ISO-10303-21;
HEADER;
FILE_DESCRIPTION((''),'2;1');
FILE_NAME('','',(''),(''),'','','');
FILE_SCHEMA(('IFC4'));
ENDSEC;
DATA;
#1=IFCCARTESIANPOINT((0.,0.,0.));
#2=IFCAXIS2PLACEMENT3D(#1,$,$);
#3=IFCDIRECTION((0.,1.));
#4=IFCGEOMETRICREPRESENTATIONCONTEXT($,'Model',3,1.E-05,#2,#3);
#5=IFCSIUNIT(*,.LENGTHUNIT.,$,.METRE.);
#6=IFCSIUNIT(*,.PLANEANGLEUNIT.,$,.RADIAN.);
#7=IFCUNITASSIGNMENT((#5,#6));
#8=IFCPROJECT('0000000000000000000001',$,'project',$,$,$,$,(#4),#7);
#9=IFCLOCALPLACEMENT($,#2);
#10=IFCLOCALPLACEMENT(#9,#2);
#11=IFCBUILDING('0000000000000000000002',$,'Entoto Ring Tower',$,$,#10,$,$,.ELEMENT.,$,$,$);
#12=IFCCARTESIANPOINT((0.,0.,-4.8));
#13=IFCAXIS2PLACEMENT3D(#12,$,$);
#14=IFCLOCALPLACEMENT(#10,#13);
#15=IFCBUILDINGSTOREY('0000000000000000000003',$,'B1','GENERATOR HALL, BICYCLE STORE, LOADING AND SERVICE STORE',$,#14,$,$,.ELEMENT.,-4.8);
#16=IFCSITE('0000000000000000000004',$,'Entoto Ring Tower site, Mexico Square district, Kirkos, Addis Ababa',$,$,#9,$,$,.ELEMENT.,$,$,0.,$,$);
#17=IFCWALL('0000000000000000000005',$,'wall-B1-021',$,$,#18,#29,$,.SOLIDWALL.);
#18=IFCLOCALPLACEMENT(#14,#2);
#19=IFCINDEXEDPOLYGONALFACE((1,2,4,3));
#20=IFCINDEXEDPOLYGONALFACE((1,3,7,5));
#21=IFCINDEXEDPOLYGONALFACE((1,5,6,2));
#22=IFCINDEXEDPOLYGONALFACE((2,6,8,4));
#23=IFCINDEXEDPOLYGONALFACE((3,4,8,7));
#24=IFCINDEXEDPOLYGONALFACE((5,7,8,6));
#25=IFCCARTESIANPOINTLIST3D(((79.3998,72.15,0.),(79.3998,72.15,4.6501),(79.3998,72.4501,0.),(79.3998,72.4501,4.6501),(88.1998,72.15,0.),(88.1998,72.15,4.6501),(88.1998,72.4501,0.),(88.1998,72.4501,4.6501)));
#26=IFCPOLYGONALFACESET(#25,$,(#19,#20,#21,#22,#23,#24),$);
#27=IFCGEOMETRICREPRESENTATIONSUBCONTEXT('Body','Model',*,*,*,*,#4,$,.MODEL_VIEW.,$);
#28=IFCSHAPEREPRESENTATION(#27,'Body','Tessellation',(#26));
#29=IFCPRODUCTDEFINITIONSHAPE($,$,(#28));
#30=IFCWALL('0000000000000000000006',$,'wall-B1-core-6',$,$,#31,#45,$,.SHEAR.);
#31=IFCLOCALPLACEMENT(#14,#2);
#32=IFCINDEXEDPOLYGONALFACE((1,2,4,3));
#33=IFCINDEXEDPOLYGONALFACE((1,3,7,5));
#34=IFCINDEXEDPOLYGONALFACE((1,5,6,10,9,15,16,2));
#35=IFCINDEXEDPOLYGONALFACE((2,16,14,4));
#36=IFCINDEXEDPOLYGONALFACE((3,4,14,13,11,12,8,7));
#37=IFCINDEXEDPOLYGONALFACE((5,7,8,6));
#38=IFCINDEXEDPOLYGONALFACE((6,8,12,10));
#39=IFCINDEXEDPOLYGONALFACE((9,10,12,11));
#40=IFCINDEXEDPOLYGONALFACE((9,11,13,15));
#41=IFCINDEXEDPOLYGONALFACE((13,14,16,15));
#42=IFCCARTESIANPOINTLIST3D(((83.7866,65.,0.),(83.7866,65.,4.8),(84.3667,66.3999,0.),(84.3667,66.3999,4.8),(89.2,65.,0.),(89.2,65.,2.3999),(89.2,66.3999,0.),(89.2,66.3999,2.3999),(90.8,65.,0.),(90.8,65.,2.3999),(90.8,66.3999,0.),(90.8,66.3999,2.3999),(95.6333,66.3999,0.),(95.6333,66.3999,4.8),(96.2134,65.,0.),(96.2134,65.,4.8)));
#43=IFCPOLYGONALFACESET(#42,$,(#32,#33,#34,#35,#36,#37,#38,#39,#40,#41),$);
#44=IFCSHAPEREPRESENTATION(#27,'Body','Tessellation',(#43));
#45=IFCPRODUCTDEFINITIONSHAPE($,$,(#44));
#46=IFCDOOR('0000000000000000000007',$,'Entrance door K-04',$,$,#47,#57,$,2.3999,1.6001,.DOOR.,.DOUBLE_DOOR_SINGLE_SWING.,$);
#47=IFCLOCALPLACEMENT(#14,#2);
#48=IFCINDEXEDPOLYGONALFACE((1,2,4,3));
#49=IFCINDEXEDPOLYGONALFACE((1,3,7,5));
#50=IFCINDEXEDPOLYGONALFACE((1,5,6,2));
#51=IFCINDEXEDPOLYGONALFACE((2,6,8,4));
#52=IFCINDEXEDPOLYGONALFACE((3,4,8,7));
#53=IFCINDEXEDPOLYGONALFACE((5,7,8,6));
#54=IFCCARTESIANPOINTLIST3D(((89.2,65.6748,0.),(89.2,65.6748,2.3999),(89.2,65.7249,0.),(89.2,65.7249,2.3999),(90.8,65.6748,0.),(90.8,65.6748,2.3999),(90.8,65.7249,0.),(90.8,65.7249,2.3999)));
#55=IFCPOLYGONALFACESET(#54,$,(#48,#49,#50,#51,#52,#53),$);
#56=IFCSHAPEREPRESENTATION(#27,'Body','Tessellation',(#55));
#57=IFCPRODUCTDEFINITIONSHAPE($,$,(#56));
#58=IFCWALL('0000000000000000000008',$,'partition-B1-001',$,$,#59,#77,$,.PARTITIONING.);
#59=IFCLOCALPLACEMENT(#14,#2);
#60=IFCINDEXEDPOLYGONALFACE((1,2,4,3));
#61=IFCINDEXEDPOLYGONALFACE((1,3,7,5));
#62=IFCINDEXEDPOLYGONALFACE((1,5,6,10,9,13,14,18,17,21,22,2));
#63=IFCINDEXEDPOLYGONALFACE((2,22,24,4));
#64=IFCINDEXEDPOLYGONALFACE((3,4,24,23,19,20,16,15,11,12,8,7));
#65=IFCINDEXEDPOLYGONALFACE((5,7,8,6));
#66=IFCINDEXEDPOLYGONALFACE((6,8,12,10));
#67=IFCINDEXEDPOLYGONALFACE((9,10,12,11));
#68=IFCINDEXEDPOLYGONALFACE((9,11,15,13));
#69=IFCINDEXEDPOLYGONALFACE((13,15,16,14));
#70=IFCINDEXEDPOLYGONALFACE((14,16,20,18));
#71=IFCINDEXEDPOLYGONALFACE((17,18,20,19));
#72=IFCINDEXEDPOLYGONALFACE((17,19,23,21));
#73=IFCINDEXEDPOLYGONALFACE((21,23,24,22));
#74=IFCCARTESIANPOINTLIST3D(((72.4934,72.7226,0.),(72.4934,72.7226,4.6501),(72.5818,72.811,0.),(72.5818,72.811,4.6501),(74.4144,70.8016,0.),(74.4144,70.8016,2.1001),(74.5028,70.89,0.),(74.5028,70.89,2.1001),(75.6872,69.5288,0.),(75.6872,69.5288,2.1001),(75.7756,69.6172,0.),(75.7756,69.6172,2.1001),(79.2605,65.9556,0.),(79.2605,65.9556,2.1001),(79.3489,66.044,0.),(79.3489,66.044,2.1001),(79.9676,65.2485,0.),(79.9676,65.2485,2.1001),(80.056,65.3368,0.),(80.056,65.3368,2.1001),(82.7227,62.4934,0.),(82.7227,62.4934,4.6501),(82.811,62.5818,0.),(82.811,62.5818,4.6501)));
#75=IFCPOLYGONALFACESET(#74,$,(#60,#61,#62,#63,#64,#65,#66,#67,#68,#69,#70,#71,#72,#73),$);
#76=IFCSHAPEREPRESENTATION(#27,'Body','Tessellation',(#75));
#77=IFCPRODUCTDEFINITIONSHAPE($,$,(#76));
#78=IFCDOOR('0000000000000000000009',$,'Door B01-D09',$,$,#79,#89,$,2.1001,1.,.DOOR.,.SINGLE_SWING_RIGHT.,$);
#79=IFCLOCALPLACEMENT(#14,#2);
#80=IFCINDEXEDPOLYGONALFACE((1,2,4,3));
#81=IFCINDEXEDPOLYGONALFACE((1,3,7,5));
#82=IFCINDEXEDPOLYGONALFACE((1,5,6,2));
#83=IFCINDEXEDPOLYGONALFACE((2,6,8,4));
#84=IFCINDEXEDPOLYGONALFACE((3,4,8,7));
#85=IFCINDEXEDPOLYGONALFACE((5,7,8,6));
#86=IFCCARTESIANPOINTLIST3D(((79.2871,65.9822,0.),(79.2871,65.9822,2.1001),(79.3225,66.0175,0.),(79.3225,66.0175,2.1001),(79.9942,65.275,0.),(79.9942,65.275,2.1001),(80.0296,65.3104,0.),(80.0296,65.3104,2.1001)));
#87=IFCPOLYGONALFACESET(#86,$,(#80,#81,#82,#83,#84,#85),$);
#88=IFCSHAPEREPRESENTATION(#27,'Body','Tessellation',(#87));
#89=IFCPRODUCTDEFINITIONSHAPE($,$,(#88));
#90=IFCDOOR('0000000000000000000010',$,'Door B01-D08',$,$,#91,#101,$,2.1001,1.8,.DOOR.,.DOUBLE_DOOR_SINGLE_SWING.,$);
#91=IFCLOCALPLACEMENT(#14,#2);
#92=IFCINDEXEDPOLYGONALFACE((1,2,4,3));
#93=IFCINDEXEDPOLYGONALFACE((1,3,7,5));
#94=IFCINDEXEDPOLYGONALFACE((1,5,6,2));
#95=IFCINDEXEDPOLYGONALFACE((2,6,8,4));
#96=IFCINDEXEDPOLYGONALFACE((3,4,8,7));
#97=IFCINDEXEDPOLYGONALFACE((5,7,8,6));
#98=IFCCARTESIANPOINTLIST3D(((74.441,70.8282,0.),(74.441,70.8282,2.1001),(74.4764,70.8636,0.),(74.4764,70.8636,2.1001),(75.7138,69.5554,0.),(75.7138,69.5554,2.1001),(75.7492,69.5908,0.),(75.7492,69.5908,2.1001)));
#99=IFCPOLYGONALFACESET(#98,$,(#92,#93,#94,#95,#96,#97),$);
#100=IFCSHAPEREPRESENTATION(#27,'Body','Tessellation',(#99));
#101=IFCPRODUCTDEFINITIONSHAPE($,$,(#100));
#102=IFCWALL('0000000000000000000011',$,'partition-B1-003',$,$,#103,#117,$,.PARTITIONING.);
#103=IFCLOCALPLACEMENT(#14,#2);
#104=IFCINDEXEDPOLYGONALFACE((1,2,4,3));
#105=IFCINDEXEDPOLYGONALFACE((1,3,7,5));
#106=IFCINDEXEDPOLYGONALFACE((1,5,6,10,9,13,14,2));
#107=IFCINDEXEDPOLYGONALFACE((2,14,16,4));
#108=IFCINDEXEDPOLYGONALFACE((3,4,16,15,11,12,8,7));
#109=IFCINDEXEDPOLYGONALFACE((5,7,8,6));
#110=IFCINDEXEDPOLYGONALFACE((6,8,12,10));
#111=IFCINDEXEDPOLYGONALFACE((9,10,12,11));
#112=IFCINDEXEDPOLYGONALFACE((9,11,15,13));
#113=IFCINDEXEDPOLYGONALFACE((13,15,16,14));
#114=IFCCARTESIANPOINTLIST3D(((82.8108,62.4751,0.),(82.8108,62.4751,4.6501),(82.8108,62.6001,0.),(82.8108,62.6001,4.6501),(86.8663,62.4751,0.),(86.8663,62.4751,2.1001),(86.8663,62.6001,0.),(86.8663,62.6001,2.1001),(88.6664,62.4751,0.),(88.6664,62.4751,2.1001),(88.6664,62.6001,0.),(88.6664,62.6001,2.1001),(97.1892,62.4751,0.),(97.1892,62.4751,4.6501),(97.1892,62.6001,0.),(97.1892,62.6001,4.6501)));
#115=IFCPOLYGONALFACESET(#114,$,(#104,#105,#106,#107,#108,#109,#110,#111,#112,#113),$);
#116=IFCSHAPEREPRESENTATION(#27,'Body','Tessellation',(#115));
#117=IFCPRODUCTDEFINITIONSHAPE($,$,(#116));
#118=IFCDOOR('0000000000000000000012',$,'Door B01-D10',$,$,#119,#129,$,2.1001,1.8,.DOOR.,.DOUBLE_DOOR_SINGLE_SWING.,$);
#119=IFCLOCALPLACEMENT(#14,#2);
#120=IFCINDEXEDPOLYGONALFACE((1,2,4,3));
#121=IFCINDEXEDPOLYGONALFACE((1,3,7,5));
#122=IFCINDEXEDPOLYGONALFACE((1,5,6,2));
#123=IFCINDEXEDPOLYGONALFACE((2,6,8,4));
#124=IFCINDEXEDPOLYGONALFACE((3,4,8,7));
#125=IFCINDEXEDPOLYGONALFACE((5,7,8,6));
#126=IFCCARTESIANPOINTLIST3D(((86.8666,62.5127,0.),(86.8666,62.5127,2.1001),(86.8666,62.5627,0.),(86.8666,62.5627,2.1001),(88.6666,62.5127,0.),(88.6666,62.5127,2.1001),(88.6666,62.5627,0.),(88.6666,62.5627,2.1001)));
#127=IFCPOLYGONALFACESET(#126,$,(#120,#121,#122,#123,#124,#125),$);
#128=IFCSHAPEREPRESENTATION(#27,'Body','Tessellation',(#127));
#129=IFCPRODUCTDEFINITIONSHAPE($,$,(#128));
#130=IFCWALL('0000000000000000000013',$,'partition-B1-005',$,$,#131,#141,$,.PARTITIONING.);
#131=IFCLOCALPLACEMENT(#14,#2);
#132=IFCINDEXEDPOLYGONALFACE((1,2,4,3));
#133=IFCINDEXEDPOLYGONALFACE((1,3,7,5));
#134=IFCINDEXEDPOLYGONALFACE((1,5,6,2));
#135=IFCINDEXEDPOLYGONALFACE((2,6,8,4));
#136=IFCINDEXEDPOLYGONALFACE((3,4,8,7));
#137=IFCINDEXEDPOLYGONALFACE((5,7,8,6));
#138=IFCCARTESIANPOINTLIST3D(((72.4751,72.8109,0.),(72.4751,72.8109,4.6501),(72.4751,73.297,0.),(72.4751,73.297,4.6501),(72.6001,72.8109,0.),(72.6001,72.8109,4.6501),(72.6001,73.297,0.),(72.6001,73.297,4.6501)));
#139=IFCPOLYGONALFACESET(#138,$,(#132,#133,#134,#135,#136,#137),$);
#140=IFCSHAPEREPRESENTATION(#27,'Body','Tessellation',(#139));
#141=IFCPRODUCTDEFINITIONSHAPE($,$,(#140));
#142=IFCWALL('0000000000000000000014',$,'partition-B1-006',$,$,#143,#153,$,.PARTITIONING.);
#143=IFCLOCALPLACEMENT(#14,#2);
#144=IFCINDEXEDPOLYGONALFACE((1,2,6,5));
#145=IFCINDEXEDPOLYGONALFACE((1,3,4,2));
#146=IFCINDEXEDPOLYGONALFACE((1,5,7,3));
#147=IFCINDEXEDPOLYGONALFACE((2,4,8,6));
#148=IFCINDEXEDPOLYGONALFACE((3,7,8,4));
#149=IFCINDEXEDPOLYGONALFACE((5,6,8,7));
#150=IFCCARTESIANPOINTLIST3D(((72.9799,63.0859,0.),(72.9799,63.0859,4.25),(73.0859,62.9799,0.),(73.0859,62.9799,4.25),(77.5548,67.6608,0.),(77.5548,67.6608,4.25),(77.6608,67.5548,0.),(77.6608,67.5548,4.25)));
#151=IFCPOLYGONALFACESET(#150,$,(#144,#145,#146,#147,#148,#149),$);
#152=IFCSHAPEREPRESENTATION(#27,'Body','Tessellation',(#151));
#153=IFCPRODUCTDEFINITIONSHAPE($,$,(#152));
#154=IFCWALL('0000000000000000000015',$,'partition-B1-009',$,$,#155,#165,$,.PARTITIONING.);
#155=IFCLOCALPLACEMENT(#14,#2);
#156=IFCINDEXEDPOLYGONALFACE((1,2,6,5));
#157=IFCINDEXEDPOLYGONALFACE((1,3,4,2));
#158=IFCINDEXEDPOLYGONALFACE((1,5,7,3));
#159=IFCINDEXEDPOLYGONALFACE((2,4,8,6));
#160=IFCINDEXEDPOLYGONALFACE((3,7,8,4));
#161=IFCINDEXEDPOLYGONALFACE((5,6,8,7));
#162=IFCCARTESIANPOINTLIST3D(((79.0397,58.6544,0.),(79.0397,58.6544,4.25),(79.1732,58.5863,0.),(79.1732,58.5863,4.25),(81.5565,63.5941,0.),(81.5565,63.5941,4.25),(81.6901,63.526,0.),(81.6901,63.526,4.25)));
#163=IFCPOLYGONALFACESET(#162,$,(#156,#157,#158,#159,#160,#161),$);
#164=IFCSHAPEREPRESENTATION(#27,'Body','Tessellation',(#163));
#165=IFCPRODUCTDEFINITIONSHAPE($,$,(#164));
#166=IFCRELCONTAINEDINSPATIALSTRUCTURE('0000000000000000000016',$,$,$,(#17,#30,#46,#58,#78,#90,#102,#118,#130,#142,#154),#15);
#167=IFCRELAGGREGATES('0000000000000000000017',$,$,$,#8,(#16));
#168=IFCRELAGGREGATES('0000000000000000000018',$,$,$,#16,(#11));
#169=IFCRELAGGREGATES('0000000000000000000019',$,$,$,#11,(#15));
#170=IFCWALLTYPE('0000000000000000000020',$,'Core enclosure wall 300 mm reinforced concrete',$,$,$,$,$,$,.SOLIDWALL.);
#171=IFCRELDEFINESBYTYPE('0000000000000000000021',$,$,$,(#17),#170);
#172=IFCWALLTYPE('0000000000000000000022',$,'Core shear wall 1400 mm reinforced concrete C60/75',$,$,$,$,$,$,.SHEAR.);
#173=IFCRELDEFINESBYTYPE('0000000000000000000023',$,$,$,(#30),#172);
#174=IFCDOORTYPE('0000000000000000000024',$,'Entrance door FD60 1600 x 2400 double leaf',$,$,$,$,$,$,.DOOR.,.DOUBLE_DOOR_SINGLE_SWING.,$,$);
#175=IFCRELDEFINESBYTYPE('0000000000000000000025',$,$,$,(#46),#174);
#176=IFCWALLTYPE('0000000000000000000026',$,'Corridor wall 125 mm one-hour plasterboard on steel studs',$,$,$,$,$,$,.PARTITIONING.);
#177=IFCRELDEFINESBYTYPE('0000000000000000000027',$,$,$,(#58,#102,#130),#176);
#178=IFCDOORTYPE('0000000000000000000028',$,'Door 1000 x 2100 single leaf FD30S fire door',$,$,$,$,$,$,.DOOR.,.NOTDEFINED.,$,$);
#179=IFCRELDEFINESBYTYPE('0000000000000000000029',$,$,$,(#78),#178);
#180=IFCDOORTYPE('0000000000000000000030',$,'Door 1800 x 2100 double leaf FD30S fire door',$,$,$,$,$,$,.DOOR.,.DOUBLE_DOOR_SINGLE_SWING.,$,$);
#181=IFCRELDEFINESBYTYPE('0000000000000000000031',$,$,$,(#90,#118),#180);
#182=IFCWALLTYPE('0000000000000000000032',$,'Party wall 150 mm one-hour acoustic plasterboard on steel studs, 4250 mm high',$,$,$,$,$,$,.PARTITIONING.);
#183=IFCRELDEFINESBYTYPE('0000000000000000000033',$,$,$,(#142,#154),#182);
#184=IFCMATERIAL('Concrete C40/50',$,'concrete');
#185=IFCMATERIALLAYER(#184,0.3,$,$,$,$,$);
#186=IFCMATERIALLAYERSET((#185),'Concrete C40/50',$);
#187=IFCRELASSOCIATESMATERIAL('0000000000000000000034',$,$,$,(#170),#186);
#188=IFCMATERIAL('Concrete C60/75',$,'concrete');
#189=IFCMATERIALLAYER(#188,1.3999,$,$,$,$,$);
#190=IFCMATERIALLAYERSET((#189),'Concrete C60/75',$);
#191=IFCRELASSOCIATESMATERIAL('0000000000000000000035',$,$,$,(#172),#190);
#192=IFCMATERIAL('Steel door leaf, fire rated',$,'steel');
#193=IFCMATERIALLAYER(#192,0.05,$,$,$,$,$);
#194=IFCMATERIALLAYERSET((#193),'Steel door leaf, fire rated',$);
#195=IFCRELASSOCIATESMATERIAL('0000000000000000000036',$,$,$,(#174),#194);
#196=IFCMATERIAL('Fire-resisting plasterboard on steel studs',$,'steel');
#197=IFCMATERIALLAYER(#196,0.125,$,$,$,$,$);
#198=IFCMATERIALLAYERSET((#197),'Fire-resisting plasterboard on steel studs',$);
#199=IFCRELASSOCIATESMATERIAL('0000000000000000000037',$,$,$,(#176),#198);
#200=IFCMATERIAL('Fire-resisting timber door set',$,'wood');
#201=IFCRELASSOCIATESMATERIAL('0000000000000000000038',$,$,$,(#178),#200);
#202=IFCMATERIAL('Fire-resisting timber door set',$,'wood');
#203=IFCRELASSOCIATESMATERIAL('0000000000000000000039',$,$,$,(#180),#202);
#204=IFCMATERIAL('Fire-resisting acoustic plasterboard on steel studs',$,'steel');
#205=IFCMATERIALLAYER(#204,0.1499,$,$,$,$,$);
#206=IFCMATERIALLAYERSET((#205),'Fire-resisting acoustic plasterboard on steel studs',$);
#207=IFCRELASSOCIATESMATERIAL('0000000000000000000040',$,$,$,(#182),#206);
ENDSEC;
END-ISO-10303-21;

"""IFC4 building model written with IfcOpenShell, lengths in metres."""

from ifc_helpers import new_model, si_unit, direction, frame, frame_2d, origin, place, context, subcontext, project, spatial, polyline, rectangle, outline, extrude, material, layer, layer_set, type_object, element, fill, save


model = new_model("IFC4")

# Units and contexts
model_context = context("Model", 3, precision=1e-05, world=origin(), true_north=direction((0.0, 1.0)))
body_context = subcontext(model_context, "Body", "Model", "MODEL_VIEW")
ifc_project = project(units=[si_unit("LENGTHUNIT", "METRE"), si_unit("PLANEANGLEUNIT", "RADIAN")], contexts=[model_context])

# Site, building, storey
site_placement = place(None, origin())
site = spatial("IfcSite", under=ifc_project, at=site_placement, Name="Entoto Ring Tower site, Mexico Square district, Kirkos, Addis Ababa", CompositionType="ELEMENT", RefElevation=0.0)
building_placement = place(site_placement, origin())
building = spatial("IfcBuilding", under=site, at=building_placement, Name="Entoto Ring Tower", CompositionType="ELEMENT")
storey_placement = place(building_placement, frame((0.0, 0.0, -4.8)))
storey = spatial("IfcBuildingStorey", under=building, at=storey_placement, Name="B1", Description="GENERATOR HALL, BICYCLE STORE, LOADING AND SERVICE STORE", CompositionType="ELEMENT", Elevation=-4.8)

# Shared definitions
ifc_material_1 = material(Name="Concrete C40/50", Category="concrete")
ifc_layer_1 = layer(ifc_material_1, 0.3)
ifc_layer_set_1 = layer_set([ifc_layer_1], Name="Concrete C40/50")
wall_type_1 = type_object("IfcWallType", Name="Core enclosure wall 300 mm reinforced concrete", PredefinedType="SOLIDWALL", material=ifc_layer_set_1)

# Wall
wall_1_placement = place(storey_placement, frame((79.3999, 72.3, 0.0), z_axis=(0.0, 0.0, 1.0), x_axis=(1.0, 0.0, 0.0)))
element("IfcWall", 1, at=wall_1_placement, inside=storey, type_object=wall_type_1, Name="wall-B1-021", PredefinedType="SOLIDWALL", context=body_context, shape_type="SweptSolid", body=[
    extrude(rectangle(XDim=8.8, YDim=0.3, at=frame_2d((4.3999, 0.0))), origin(), (0.0, 0.0, 1.0), 4.6501),
])

# Wall, opening, door
ifc_material_2 = material(Name="Concrete C60/75", Category="concrete")
ifc_layer_2 = layer(ifc_material_2, 1.3999)
ifc_layer_set_2 = layer_set([ifc_layer_2], Name="Concrete C60/75")
wall_type_2 = type_object("IfcWallType", Name="Core shear wall 1400 mm reinforced concrete C60/75", PredefinedType="SHEAR", material=ifc_layer_set_2)
wall_2_placement = place(storey_placement, frame((84.0767, 65.7, 0.0), z_axis=(0.0, 0.0, 1.0), x_axis=(1.0, 0.0, 0.0)))
wall_2 = element("IfcWall", 2, at=wall_2_placement, inside=storey, type_object=wall_type_2, Name="wall-B1-core-6", PredefinedType="SHEAR", context=body_context, shape_type="SweptSolid", body=[
    extrude(outline(polyline([(-0.29, -0.7), (12.1367, -0.7), (11.5566, 0.7), (0.29, 0.7), (-0.29, -0.7)])), origin(), (0.0, 0.0, 1.0), 4.8),
])
opening_1_placement = place(wall_2_placement, frame((5.1233, 0.0, 0.0)))
opening_1 = element("IfcOpeningElement", 3, at=opening_1_placement, cuts=wall_2, PredefinedType="OPENING", context=body_context, shape_type="SweptSolid", body=[
    extrude(rectangle(XDim=1.6001, YDim=2.3999, at=frame_2d((0.8, 1.2))), frame((0.0, 0.71, 0.0), z_axis=(0.0, -1.0, 0.0), x_axis=(1.0, 0.0, 0.0)), (0.0, 0.0, 1.0), 1.4199),
])
ifc_material_3 = material(Name="Steel door leaf, fire rated", Category="steel")
ifc_layer_3 = layer(ifc_material_3, 0.05)
ifc_layer_set_3 = layer_set([ifc_layer_3], Name="Steel door leaf, fire rated")
door_type_1 = type_object("IfcDoorType", Name="Entrance door FD60 1600 x 2400 double leaf", OperationType="DOUBLE_DOOR_SINGLE_SWING", PredefinedType="DOOR", material=ifc_layer_set_3)
door_1_placement = place(opening_1_placement, origin())
door_1 = element("IfcDoor", 4, at=door_1_placement, inside=storey, type_object=door_type_1, Name="Entrance door K-04", OperationType="DOUBLE_DOOR_SINGLE_SWING", OverallHeight=2.3999, OverallWidth=1.6001, PredefinedType="DOOR", context=body_context, shape_type="SweptSolid", body=[
    extrude(rectangle(XDim=1.6001, YDim=2.3999, at=frame_2d((0.8, 1.2))), frame((0.0, 0.0249, 0.0), z_axis=(0.0, -1.0, 0.0), x_axis=(1.0, 0.0, 0.0)), (0.0, 0.0, 1.0), 0.05),
])
fill(opening_1, door_1)

# Wall, openings, doors
ifc_material_4 = material(Name="Fire-resisting plasterboard on steel studs", Category="steel")
ifc_layer_4 = layer(ifc_material_4, 0.125)
ifc_layer_set_4 = layer_set([ifc_layer_4], Name="Fire-resisting plasterboard on steel studs")
wall_type_3 = type_object("IfcWallType", Name="Corridor wall 125 mm one-hour plasterboard on steel studs", PredefinedType="PARTITIONING", material=ifc_layer_set_4)
wall_3_placement = place(storey_placement, frame((82.7668, 62.5376, 0.0), z_axis=(0.0, 0.0, 1.0), x_axis=(-0.707107, 0.707107, 0.0)))
wall_3 = element("IfcWall", 5, at=wall_3_placement, inside=storey, type_object=wall_type_3, Name="partition-B1-001", PredefinedType="PARTITIONING", context=body_context, shape_type="SweptSolid", body=[
    extrude(rectangle(XDim=14.4663, YDim=0.125, at=frame_2d((7.2332, 0.0))), origin(), (0.0, 0.0, 1.0), 4.6501),
])
opening_2_placement = place(wall_3_placement, frame((9.9497, 0.0, 0.0)))
opening_2 = element("IfcOpeningElement", 6, at=opening_2_placement, cuts=wall_3, PredefinedType="OPENING", context=body_context, shape_type="SweptSolid", body=[
    extrude(rectangle(XDim=1.8, YDim=2.1001, at=frame_2d((0.8999, 1.05))), frame((0.0, 0.0725, 0.0), z_axis=(0.0, -1.0, 0.0), x_axis=(1.0, 0.0, 0.0)), (0.0, 0.0, 1.0), 0.145),
])
opening_3_placement = place(wall_3_placement, frame((3.8962, 0.0, 0.0)))
opening_3 = element("IfcOpeningElement", 7, at=opening_3_placement, cuts=wall_3, PredefinedType="OPENING", context=body_context, shape_type="SweptSolid", body=[
    extrude(rectangle(XDim=1.0, YDim=2.1001, at=frame_2d((0.5, 1.05))), frame((0.0, 0.0725, 0.0), z_axis=(0.0, -1.0, 0.0), x_axis=(1.0, 0.0, 0.0)), (0.0, 0.0, 1.0), 0.145),
])
ifc_material_5 = material(Name="Fire-resisting timber door set", Category="wood")
door_type_2 = type_object("IfcDoorType", Name="Door 1000 x 2100 single leaf FD30S fire door", OperationType="NOTDEFINED", PredefinedType="DOOR", material=ifc_material_5)
door_2_placement = place(opening_3_placement, origin())
door_2 = element("IfcDoor", 8, at=door_2_placement, inside=storey, type_object=door_type_2, Name="Door B01-D09", OperationType="SINGLE_SWING_RIGHT", OverallHeight=2.1001, OverallWidth=1.0, PredefinedType="DOOR", context=body_context, shape_type="SweptSolid", body=[
    extrude(rectangle(XDim=1.0, YDim=2.1001, at=frame_2d((0.5, 1.05))), frame((0.0, 0.0249, 0.0), z_axis=(0.0, -1.0, 0.0), x_axis=(1.0, 0.0, 0.0)), (0.0, 0.0, 1.0), 0.05),
])
fill(opening_3, door_2)
ifc_material_6 = material(Name="Fire-resisting timber door set", Category="wood")
door_type_3 = type_object("IfcDoorType", Name="Door 1800 x 2100 double leaf FD30S fire door", OperationType="DOUBLE_DOOR_SINGLE_SWING", PredefinedType="DOOR", material=ifc_material_6)
door_3_placement = place(opening_2_placement, origin())
door_3 = element("IfcDoor", 9, at=door_3_placement, inside=storey, type_object=door_type_3, Name="Door B01-D08", OperationType="DOUBLE_DOOR_SINGLE_SWING", OverallHeight=2.1001, OverallWidth=1.8, PredefinedType="DOOR", context=body_context, shape_type="SweptSolid", body=[
    extrude(rectangle(XDim=1.8, YDim=2.1001, at=frame_2d((0.8999, 1.05))), frame((0.0, 0.0249, 0.0), z_axis=(0.0, -1.0, 0.0), x_axis=(1.0, 0.0, 0.0)), (0.0, 0.0, 1.0), 0.05),
])
fill(opening_2, door_3)

# Wall, opening, door
wall_4_placement = place(storey_placement, frame((82.8108, 62.5376, 0.0), z_axis=(0.0, 0.0, 1.0), x_axis=(1.0, 0.0, 0.0)))
wall_4 = element("IfcWall", 10, at=wall_4_placement, inside=storey, type_object=wall_type_3, Name="partition-B1-003", PredefinedType="PARTITIONING", context=body_context, shape_type="SweptSolid", body=[
    extrude(rectangle(XDim=14.3784, YDim=0.125, at=frame_2d((7.1892, 0.0))), origin(), (0.0, 0.0, 1.0), 4.6501),
])
opening_4_placement = place(wall_4_placement, frame((4.0557, 0.0, 0.0)))
opening_4 = element("IfcOpeningElement", 11, at=opening_4_placement, cuts=wall_4, PredefinedType="OPENING", context=body_context, shape_type="SweptSolid", body=[
    extrude(rectangle(XDim=1.8, YDim=2.1001, at=frame_2d((0.8999, 1.05))), frame((0.0, 0.0725, 0.0), z_axis=(0.0, -1.0, 0.0), x_axis=(1.0, 0.0, 0.0)), (0.0, 0.0, 1.0), 0.145),
])
door_4_placement = place(opening_4_placement, frame((1.8, 0.0, 0.0), z_axis=(0.0, 0.0, 1.0), x_axis=(-1.0, 0.0, 0.0)))
door_4 = element("IfcDoor", 12, at=door_4_placement, inside=storey, type_object=door_type_3, Name="Door B01-D10", OperationType="DOUBLE_DOOR_SINGLE_SWING", OverallHeight=2.1001, OverallWidth=1.8, PredefinedType="DOOR", context=body_context, shape_type="SweptSolid", body=[
    extrude(rectangle(XDim=1.8, YDim=2.1001, at=frame_2d((0.8999, 1.05))), frame((0.0, 0.0249, 0.0), z_axis=(0.0, -1.0, 0.0), x_axis=(1.0, 0.0, 0.0)), (0.0, 0.0, 1.0), 0.05),
])
fill(opening_4, door_4)

# Walls
wall_5_placement = place(storey_placement, frame((72.5376, 72.8108, 0.0), z_axis=(0.0, 0.0, 1.0), x_axis=(0.0, 1.0, 0.0)))
element("IfcWall", 13, at=wall_5_placement, inside=storey, type_object=wall_type_3, Name="partition-B1-005", PredefinedType="PARTITIONING", context=body_context, shape_type="SweptSolid", body=[
    extrude(rectangle(XDim=0.4861, YDim=0.125, at=frame_2d((0.2432, 0.0))), origin(), (0.0, 0.0, 1.0), 4.6501),
])
ifc_material_7 = material(Name="Fire-resisting acoustic plasterboard on steel studs", Category="steel")
ifc_layer_5 = layer(ifc_material_7, 0.1499)
ifc_layer_set_5 = layer_set([ifc_layer_5], Name="Fire-resisting acoustic plasterboard on steel studs")
wall_type_4 = type_object("IfcWallType", Name="Party wall 150 mm one-hour acoustic plasterboard on steel studs, 4250 mm high", PredefinedType="PARTITIONING", material=ifc_layer_set_5)
wall_6_placement = place(storey_placement, frame((73.033, 63.033, 0.0), z_axis=(0.0, 0.0, 1.0), x_axis=(0.707107, 0.707107, 0.0)))
element("IfcWall", 14, at=wall_6_placement, inside=storey, type_object=wall_type_4, Name="partition-B1-006", PredefinedType="PARTITIONING", context=body_context, shape_type="SweptSolid", body=[
    extrude(rectangle(XDim=6.47, YDim=0.1499, at=frame_2d((3.2349, 0.0))), origin(), (0.0, 0.0, 1.0), 4.25),
])
wall_7_placement = place(storey_placement, frame((79.1064, 58.6204, 0.0), z_axis=(0.0, 0.0, 1.0), x_axis=(0.453983, 0.891011, 0.0)))
element("IfcWall", 15, at=wall_7_placement, inside=storey, type_object=wall_type_4, Name="partition-B1-009", PredefinedType="PARTITIONING", context=body_context, shape_type="SweptSolid", body=[
    extrude(rectangle(XDim=5.5439, YDim=0.1499, at=frame_2d((2.772, 0.0))), origin(), (0.0, 0.0, 1.0), 4.25),
])

save(model, "model.ifc")
